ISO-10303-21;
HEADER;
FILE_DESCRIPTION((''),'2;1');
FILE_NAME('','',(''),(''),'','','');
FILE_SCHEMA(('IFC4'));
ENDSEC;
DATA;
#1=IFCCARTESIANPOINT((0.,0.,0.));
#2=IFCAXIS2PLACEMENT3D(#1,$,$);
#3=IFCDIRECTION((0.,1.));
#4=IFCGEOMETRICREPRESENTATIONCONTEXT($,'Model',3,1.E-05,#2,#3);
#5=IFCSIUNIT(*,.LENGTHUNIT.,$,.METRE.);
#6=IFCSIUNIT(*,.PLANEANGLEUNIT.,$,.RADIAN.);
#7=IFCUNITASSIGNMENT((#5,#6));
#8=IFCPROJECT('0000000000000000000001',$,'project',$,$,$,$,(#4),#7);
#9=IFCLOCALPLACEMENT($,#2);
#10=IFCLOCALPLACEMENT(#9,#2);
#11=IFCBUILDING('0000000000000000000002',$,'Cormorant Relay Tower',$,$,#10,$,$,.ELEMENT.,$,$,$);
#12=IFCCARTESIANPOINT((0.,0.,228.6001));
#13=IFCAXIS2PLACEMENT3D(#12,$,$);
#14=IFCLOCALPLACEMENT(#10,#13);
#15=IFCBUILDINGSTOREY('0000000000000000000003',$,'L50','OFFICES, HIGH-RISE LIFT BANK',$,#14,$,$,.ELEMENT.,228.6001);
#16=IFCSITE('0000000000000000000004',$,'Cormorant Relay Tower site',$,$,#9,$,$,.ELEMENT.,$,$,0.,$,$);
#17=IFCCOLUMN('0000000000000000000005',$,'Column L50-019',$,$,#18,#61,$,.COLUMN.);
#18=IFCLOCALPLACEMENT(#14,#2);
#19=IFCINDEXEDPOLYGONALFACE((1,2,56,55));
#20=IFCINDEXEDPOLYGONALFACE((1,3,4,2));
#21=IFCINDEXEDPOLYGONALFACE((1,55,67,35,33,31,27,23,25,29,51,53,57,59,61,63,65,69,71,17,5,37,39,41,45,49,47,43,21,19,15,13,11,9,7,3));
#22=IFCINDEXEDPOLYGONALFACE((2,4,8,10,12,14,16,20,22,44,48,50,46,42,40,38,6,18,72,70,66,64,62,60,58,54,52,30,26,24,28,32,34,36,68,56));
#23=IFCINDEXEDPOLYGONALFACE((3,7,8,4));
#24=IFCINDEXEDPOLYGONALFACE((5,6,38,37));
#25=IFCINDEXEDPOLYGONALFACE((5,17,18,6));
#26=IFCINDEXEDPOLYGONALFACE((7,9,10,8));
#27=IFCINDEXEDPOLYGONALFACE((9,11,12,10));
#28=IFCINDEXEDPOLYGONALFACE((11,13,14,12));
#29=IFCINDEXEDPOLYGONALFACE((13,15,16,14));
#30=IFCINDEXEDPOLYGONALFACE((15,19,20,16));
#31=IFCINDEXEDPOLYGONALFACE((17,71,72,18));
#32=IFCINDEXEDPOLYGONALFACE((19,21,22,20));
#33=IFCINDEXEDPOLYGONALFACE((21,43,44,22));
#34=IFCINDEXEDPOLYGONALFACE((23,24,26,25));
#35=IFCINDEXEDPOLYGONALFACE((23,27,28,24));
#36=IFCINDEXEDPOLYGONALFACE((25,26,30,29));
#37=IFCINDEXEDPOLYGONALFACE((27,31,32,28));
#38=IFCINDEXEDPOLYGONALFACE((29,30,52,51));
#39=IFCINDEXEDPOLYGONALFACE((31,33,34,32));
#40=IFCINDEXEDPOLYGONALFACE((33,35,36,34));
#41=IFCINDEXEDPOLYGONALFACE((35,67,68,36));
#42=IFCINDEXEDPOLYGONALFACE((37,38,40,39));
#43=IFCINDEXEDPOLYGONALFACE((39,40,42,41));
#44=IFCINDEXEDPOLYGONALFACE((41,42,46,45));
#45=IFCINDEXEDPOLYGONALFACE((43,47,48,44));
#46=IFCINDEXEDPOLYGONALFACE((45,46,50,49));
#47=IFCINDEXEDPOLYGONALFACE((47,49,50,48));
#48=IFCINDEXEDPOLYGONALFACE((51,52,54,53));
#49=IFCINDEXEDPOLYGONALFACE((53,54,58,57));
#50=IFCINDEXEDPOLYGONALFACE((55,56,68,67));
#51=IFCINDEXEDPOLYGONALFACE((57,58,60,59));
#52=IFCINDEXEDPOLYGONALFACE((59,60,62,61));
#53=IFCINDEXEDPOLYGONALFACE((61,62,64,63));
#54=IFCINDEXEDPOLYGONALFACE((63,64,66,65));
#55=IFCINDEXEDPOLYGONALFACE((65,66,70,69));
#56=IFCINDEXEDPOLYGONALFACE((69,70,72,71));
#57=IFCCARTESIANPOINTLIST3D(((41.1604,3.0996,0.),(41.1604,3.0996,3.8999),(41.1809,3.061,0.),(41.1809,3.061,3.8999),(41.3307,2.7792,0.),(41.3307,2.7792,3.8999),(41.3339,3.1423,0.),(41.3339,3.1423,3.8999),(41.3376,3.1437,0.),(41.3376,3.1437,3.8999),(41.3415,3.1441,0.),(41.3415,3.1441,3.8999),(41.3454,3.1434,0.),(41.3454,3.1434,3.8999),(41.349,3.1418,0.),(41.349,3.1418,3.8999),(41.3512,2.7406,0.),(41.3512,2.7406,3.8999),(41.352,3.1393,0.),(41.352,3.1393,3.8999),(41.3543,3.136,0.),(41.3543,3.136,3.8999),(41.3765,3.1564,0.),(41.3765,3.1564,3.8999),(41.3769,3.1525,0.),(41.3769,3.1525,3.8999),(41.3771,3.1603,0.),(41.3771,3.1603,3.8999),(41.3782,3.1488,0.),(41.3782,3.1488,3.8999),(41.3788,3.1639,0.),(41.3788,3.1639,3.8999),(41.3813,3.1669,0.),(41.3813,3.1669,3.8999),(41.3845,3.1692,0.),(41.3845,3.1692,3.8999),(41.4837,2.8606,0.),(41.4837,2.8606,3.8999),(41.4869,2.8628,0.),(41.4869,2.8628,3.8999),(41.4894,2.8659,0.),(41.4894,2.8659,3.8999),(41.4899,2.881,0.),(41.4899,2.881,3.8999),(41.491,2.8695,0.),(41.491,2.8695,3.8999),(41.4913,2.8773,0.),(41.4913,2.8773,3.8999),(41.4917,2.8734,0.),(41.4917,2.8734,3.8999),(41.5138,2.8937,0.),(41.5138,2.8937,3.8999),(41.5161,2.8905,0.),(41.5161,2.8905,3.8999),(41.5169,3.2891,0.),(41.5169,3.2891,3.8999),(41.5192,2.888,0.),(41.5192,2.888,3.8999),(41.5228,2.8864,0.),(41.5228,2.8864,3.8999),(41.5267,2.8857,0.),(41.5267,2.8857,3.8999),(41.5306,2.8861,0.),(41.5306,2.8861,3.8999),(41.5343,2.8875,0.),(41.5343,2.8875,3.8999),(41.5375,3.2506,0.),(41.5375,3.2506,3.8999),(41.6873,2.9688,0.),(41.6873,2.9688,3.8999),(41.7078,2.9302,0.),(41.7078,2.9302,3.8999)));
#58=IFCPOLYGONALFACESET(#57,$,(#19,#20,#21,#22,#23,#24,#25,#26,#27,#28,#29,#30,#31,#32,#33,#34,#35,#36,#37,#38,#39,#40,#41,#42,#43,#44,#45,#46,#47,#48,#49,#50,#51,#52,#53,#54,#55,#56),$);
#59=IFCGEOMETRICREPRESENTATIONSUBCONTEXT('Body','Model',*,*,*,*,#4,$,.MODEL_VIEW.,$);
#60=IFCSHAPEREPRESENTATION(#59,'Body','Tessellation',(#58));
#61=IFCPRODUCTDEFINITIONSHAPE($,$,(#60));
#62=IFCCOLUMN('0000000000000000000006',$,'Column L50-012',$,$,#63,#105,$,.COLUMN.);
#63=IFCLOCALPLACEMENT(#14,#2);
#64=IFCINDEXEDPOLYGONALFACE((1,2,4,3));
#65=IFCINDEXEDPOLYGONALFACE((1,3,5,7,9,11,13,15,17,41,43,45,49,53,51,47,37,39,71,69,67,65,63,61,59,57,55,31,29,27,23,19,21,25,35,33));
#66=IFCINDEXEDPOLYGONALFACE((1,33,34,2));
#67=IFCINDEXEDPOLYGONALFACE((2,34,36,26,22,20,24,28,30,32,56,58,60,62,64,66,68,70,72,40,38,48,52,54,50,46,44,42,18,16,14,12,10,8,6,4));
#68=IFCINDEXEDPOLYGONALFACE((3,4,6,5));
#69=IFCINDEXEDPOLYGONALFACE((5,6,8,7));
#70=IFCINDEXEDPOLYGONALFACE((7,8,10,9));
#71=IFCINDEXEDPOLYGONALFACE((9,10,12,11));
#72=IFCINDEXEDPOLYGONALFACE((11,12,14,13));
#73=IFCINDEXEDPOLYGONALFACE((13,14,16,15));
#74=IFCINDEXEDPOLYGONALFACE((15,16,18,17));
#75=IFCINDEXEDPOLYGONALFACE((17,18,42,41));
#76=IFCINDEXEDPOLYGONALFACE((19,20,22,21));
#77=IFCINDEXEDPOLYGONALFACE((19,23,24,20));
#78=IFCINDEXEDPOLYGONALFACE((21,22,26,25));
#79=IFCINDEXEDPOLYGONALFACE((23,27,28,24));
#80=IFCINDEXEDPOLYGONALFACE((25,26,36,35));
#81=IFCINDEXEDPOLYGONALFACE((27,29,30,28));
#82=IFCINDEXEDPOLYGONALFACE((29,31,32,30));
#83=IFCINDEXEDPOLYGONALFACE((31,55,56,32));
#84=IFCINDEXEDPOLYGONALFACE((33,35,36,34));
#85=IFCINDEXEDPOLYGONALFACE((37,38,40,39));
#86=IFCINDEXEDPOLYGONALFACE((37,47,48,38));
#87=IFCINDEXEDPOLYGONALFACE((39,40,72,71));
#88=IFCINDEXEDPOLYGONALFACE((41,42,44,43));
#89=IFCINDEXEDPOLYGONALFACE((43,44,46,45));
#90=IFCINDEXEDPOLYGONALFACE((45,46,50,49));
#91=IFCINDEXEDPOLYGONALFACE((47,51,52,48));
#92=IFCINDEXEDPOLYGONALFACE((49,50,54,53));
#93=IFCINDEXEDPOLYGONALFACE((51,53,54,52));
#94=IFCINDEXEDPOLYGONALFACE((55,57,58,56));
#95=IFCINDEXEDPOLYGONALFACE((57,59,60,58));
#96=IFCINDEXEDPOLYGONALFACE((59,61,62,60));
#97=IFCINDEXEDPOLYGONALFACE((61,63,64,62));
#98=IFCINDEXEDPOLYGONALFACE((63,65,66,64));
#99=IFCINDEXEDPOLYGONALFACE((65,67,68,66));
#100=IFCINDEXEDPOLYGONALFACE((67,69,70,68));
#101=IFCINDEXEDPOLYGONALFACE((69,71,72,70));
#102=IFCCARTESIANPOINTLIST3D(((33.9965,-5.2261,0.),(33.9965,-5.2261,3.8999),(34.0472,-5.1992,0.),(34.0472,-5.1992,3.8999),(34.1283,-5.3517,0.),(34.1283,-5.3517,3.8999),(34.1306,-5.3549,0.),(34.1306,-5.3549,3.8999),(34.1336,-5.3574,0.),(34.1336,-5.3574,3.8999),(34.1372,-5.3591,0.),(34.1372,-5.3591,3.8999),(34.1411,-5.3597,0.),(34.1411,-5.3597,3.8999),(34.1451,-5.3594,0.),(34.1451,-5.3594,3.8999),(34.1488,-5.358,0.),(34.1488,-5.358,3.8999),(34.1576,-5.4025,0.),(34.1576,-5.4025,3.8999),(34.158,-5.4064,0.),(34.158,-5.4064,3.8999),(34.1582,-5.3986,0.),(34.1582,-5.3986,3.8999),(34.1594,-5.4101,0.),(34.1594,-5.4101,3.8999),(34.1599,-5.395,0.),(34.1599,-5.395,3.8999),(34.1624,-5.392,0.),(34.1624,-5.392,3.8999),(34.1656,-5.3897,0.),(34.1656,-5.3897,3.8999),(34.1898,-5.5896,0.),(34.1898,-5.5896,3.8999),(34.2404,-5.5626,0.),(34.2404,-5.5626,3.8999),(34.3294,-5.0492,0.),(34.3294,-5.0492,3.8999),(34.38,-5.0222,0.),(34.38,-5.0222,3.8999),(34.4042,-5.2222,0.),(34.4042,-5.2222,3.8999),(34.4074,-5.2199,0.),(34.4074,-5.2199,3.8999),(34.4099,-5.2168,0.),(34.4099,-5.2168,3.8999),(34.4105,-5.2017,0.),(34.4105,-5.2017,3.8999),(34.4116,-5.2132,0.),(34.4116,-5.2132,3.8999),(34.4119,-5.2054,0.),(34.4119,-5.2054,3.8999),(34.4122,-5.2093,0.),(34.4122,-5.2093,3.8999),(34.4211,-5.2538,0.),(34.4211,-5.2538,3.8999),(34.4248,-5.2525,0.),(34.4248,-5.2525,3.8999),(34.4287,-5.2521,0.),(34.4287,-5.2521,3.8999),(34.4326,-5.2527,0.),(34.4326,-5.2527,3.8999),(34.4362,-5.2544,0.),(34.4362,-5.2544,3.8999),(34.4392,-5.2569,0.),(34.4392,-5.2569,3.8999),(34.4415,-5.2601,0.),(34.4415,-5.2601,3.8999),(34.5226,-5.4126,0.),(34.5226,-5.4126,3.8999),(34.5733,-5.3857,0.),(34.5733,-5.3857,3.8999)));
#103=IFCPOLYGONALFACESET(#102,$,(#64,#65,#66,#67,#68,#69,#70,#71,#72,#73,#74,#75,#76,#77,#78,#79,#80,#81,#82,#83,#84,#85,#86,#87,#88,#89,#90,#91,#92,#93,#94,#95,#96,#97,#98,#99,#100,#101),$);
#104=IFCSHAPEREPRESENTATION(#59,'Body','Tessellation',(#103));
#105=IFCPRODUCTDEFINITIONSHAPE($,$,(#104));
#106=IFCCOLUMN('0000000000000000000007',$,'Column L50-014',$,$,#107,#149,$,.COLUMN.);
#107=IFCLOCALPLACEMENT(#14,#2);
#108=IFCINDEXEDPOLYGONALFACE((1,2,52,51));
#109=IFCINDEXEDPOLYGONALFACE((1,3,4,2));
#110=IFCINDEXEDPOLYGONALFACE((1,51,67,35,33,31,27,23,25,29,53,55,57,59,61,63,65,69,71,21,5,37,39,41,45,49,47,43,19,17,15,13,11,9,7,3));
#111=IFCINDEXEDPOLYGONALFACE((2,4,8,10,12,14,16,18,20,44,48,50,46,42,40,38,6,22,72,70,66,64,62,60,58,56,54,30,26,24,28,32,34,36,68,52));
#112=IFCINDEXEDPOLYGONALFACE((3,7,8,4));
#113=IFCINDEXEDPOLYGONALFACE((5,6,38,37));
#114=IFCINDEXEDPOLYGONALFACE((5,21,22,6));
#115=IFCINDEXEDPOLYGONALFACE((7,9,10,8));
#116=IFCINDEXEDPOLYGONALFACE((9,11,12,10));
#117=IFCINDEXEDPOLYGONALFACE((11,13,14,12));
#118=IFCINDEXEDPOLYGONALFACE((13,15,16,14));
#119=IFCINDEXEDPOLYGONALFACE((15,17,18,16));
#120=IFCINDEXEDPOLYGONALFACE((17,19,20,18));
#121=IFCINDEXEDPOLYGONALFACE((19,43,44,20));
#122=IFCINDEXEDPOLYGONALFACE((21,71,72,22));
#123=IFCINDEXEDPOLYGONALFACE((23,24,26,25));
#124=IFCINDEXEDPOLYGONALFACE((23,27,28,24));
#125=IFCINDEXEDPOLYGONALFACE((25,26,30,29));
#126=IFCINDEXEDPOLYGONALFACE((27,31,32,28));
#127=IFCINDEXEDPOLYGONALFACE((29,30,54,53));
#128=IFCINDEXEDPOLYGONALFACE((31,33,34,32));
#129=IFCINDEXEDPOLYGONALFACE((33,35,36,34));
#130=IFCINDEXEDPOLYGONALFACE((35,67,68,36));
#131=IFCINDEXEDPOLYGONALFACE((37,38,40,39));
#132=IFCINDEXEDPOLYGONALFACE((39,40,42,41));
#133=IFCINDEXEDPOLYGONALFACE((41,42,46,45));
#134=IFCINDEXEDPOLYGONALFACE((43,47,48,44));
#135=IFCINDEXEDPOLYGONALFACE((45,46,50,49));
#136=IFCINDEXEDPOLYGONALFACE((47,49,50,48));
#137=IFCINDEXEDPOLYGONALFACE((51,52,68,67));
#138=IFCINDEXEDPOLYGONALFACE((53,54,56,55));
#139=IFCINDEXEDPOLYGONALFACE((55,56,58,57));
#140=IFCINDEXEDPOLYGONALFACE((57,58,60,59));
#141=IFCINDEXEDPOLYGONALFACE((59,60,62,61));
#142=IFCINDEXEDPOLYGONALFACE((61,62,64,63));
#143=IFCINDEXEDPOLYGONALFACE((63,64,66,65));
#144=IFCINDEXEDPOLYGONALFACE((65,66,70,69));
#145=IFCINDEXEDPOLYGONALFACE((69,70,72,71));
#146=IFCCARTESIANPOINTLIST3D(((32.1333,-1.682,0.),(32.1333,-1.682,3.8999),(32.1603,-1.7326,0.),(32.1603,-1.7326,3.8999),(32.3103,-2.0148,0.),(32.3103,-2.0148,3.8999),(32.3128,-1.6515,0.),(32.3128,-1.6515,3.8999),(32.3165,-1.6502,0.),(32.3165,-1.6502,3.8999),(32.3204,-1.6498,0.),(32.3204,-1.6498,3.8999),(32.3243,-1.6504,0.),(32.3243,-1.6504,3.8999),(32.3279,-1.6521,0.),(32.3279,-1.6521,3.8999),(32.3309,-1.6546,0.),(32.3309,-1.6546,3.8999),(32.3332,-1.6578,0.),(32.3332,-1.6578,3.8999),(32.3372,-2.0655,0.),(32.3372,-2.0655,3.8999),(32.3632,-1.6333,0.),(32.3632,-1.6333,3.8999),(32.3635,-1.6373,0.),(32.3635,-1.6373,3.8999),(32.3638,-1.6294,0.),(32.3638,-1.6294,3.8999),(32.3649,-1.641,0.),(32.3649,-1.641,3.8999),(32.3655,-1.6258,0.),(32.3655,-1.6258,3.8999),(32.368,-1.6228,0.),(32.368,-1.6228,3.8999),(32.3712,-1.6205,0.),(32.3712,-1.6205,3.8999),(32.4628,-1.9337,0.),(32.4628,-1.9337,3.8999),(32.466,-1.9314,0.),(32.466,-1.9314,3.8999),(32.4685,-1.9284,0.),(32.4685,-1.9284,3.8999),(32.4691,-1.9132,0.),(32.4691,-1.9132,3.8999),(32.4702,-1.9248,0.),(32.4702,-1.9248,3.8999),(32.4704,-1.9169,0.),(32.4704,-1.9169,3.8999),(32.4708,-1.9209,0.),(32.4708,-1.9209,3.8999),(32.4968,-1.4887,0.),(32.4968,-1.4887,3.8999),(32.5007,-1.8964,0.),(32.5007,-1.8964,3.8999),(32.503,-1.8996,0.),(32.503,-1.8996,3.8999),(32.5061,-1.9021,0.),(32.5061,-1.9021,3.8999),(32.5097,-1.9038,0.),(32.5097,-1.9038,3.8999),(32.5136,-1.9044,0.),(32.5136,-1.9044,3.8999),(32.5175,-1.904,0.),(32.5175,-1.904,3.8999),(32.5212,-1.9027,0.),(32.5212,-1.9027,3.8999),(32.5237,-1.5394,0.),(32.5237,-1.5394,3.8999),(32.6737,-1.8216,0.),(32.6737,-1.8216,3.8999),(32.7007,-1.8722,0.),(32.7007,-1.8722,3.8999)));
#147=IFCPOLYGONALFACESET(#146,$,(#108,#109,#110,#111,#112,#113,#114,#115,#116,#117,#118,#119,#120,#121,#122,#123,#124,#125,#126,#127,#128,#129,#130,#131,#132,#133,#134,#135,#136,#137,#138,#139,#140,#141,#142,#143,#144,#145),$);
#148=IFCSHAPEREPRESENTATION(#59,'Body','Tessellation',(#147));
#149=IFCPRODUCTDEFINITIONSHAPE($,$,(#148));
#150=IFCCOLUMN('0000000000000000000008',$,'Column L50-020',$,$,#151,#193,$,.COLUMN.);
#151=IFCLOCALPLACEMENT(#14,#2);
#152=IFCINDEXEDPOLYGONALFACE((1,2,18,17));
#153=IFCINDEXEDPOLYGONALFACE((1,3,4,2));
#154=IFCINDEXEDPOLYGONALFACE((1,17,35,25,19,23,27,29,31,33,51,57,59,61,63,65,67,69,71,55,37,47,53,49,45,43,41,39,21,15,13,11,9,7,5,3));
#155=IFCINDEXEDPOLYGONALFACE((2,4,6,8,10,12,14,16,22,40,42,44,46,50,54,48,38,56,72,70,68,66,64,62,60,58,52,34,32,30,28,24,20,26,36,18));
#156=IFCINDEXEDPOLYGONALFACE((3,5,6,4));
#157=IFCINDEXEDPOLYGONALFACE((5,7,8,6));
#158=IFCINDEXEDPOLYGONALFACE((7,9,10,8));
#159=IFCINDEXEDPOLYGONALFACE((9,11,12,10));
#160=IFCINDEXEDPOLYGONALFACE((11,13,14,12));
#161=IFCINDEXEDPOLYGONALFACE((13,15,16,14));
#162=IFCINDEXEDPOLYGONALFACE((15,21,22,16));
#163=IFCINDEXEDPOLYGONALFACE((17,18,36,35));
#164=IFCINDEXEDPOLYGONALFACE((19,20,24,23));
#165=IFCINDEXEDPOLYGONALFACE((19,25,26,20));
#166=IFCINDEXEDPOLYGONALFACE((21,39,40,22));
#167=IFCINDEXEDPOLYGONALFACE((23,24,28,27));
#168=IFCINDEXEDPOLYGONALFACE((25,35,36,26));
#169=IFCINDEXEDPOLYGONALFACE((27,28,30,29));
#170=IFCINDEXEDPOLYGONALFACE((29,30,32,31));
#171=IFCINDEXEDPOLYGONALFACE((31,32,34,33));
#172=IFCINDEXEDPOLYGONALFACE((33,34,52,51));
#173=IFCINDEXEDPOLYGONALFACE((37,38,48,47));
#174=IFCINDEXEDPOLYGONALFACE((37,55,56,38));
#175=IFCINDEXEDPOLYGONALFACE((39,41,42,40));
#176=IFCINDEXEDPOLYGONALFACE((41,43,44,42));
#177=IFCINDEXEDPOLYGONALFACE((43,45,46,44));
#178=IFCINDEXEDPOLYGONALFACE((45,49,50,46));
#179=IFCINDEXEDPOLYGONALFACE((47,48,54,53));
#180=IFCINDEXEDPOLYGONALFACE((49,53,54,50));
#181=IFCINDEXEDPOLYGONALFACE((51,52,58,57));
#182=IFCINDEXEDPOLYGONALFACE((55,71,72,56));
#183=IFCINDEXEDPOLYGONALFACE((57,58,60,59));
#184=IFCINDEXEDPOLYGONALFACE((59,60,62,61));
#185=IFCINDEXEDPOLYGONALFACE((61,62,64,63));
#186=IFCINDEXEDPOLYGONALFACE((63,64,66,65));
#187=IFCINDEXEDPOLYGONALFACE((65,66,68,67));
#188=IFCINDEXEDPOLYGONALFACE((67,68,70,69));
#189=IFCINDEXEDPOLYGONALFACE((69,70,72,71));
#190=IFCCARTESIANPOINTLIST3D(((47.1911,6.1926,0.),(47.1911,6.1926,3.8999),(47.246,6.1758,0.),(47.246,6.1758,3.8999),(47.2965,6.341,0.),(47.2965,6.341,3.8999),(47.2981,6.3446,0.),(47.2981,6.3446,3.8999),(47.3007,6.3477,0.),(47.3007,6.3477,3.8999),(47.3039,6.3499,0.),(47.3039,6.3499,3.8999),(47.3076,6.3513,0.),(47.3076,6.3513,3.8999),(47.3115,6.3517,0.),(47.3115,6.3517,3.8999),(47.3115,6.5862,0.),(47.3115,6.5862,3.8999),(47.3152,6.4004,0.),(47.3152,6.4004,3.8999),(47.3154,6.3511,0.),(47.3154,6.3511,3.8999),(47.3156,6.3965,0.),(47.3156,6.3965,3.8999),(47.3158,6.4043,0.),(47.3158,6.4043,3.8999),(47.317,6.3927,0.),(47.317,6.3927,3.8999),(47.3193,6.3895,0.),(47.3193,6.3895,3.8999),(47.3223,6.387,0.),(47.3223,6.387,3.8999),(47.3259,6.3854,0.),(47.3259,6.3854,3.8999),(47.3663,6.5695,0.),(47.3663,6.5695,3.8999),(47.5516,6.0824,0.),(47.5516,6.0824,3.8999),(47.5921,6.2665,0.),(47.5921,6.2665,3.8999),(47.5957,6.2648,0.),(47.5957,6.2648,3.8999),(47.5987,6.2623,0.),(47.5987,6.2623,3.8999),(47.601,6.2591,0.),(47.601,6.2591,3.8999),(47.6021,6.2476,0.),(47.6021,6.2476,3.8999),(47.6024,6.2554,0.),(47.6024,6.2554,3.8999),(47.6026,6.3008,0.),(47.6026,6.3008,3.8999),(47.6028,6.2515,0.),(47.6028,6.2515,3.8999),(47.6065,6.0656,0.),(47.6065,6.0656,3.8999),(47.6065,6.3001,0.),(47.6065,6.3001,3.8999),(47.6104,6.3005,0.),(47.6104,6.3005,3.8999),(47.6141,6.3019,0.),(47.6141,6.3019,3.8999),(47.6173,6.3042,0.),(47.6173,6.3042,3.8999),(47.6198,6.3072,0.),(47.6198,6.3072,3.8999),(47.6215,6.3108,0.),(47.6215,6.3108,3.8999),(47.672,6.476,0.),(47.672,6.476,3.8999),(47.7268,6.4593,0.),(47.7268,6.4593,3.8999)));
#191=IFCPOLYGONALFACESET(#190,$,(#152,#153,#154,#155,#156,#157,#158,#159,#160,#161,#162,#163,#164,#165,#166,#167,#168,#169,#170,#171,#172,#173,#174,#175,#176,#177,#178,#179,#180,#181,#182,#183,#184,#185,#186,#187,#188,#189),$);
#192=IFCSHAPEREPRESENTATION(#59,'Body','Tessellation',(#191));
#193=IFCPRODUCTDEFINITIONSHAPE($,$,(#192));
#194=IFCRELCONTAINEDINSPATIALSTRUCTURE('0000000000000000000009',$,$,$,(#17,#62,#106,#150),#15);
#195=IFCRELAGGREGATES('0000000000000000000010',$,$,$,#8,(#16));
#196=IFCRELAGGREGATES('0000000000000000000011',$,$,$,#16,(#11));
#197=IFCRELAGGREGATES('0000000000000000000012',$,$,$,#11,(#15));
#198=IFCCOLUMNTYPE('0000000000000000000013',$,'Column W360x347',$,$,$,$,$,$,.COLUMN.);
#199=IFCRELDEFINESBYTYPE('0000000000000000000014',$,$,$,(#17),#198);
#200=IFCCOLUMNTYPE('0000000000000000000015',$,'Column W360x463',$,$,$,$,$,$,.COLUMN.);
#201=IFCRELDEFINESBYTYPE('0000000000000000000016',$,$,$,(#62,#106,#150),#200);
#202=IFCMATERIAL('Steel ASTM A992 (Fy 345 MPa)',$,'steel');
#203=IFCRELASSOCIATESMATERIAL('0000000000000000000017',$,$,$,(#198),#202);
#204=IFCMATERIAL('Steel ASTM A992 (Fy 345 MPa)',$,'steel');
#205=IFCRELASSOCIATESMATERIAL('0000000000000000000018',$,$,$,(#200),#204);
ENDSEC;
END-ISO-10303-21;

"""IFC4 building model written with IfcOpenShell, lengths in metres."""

from ifc_helpers import new_model, si_unit, direction, frame, origin, origin_2d, place, context, subcontext, project, spatial, i_section, extrude, material, material_profile, profile_set, type_object, element, save


model = new_model("IFC4")

# Units and contexts
model_context = context("Model", 3, precision=1e-05, world=origin(), true_north=direction((0.0, 1.0)))
body_context = subcontext(model_context, "Body", "Model", "MODEL_VIEW")
ifc_project = project(units=[si_unit("LENGTHUNIT", "METRE"), si_unit("PLANEANGLEUNIT", "RADIAN")], contexts=[model_context])

# Site, building, storey
site_placement = place(None, origin())
site = spatial("IfcSite", under=ifc_project, at=site_placement, Name="Cormorant Relay Tower site", CompositionType="ELEMENT", RefElevation=0.0)
building_placement = place(site_placement, origin())
building = spatial("IfcBuilding", under=site, at=building_placement, Name="Cormorant Relay Tower", CompositionType="ELEMENT")
storey_placement = place(building_placement, frame((0.0, 0.0, 228.6001)))
storey = spatial("IfcBuildingStorey", under=building, at=storey_placement, Name="L50", Description="OFFICES, HIGH-RISE LIFT BANK", CompositionType="ELEMENT", Elevation=228.6001)

# Columns
ifc_material_1 = material(Name="Steel ASTM A992 (Fy 345 MPa)", Category="steel")
ifc_material_profile_1 = material_profile(ifc_material_1, i_section(OverallWidth=0.4038, OverallDepth=0.4065, WebThickness=0.0271, FlangeThickness=0.0437, FilletRadius=0.0151, at=origin_2d()), Name="W360x347")
ifc_profile_set_1 = profile_set([ifc_material_profile_1], Name="Steel ASTM A992 (Fy 345 MPa)")
column_type_1 = type_object("IfcColumnType", Name="Column W360x347", PredefinedType="COLUMN", material=ifc_profile_set_1)
column_placement = place(storey_placement, frame((41.4341, 3.0149, 0.0), z_axis=(0.0, 0.0, 1.0), x_axis=(0.882948, 0.469472, 0.0)))
element("IfcColumn", 1, at=column_placement, inside=storey, type_object=column_type_1, Name="Column L50-019", PredefinedType="COLUMN", context=body_context, shape_type="SweptSolid", body=[
    extrude(i_section(OverallWidth=0.4038, OverallDepth=0.4065, WebThickness=0.0271, FlangeThickness=0.0437, FilletRadius=0.0151, at=origin_2d()), origin(), (0.0, 0.0, 1.0), 3.8999),
])
ifc_material_2 = material(Name="Steel ASTM A992 (Fy 345 MPa)", Category="steel")
ifc_material_profile_2 = material_profile(ifc_material_2, i_section(OverallWidth=0.4116, OverallDepth=0.4343, WebThickness=0.0359, FlangeThickness=0.0574, FilletRadius=0.0151, at=origin_2d()), Name="W360x463")
ifc_profile_set_2 = profile_set([ifc_material_profile_2], Name="Steel ASTM A992 (Fy 345 MPa)")
column_type_2 = type_object("IfcColumnType", Name="Column W360x463", PredefinedType="COLUMN", material=ifc_profile_set_2)
for number, where, z_axis, x_axis, name in (
    (2, (34.2849, -5.3059, 0.0), (0.0, 0.0, 1.0), (-0.469472, 0.882948, 0.0), "Column L50-012"),
    (3, (32.417, -1.7771, 0.0), (0.0, 0.0, 1.0), (0.882948, 0.469472, 0.0), "Column L50-014"),
    (4, (47.459, 6.3259, 0.0), (0.0, 0.0, 1.0), (0.292372, 0.956305, 0.0), "Column L50-020"),
):
    element("IfcColumn", number, at=place(storey_placement, frame(where, z_axis=z_axis, x_axis=x_axis)), inside=storey, type_object=column_type_2, Name=name, PredefinedType="COLUMN", context=body_context, shape_type="SweptSolid", body=[
        extrude(i_section(OverallWidth=0.4116, OverallDepth=0.4343, WebThickness=0.0359, FlangeThickness=0.0574, FilletRadius=0.0151, at=origin_2d()), origin(), (0.0, 0.0, 1.0), 3.8999),
    ])

save(model, "model.ifc")
